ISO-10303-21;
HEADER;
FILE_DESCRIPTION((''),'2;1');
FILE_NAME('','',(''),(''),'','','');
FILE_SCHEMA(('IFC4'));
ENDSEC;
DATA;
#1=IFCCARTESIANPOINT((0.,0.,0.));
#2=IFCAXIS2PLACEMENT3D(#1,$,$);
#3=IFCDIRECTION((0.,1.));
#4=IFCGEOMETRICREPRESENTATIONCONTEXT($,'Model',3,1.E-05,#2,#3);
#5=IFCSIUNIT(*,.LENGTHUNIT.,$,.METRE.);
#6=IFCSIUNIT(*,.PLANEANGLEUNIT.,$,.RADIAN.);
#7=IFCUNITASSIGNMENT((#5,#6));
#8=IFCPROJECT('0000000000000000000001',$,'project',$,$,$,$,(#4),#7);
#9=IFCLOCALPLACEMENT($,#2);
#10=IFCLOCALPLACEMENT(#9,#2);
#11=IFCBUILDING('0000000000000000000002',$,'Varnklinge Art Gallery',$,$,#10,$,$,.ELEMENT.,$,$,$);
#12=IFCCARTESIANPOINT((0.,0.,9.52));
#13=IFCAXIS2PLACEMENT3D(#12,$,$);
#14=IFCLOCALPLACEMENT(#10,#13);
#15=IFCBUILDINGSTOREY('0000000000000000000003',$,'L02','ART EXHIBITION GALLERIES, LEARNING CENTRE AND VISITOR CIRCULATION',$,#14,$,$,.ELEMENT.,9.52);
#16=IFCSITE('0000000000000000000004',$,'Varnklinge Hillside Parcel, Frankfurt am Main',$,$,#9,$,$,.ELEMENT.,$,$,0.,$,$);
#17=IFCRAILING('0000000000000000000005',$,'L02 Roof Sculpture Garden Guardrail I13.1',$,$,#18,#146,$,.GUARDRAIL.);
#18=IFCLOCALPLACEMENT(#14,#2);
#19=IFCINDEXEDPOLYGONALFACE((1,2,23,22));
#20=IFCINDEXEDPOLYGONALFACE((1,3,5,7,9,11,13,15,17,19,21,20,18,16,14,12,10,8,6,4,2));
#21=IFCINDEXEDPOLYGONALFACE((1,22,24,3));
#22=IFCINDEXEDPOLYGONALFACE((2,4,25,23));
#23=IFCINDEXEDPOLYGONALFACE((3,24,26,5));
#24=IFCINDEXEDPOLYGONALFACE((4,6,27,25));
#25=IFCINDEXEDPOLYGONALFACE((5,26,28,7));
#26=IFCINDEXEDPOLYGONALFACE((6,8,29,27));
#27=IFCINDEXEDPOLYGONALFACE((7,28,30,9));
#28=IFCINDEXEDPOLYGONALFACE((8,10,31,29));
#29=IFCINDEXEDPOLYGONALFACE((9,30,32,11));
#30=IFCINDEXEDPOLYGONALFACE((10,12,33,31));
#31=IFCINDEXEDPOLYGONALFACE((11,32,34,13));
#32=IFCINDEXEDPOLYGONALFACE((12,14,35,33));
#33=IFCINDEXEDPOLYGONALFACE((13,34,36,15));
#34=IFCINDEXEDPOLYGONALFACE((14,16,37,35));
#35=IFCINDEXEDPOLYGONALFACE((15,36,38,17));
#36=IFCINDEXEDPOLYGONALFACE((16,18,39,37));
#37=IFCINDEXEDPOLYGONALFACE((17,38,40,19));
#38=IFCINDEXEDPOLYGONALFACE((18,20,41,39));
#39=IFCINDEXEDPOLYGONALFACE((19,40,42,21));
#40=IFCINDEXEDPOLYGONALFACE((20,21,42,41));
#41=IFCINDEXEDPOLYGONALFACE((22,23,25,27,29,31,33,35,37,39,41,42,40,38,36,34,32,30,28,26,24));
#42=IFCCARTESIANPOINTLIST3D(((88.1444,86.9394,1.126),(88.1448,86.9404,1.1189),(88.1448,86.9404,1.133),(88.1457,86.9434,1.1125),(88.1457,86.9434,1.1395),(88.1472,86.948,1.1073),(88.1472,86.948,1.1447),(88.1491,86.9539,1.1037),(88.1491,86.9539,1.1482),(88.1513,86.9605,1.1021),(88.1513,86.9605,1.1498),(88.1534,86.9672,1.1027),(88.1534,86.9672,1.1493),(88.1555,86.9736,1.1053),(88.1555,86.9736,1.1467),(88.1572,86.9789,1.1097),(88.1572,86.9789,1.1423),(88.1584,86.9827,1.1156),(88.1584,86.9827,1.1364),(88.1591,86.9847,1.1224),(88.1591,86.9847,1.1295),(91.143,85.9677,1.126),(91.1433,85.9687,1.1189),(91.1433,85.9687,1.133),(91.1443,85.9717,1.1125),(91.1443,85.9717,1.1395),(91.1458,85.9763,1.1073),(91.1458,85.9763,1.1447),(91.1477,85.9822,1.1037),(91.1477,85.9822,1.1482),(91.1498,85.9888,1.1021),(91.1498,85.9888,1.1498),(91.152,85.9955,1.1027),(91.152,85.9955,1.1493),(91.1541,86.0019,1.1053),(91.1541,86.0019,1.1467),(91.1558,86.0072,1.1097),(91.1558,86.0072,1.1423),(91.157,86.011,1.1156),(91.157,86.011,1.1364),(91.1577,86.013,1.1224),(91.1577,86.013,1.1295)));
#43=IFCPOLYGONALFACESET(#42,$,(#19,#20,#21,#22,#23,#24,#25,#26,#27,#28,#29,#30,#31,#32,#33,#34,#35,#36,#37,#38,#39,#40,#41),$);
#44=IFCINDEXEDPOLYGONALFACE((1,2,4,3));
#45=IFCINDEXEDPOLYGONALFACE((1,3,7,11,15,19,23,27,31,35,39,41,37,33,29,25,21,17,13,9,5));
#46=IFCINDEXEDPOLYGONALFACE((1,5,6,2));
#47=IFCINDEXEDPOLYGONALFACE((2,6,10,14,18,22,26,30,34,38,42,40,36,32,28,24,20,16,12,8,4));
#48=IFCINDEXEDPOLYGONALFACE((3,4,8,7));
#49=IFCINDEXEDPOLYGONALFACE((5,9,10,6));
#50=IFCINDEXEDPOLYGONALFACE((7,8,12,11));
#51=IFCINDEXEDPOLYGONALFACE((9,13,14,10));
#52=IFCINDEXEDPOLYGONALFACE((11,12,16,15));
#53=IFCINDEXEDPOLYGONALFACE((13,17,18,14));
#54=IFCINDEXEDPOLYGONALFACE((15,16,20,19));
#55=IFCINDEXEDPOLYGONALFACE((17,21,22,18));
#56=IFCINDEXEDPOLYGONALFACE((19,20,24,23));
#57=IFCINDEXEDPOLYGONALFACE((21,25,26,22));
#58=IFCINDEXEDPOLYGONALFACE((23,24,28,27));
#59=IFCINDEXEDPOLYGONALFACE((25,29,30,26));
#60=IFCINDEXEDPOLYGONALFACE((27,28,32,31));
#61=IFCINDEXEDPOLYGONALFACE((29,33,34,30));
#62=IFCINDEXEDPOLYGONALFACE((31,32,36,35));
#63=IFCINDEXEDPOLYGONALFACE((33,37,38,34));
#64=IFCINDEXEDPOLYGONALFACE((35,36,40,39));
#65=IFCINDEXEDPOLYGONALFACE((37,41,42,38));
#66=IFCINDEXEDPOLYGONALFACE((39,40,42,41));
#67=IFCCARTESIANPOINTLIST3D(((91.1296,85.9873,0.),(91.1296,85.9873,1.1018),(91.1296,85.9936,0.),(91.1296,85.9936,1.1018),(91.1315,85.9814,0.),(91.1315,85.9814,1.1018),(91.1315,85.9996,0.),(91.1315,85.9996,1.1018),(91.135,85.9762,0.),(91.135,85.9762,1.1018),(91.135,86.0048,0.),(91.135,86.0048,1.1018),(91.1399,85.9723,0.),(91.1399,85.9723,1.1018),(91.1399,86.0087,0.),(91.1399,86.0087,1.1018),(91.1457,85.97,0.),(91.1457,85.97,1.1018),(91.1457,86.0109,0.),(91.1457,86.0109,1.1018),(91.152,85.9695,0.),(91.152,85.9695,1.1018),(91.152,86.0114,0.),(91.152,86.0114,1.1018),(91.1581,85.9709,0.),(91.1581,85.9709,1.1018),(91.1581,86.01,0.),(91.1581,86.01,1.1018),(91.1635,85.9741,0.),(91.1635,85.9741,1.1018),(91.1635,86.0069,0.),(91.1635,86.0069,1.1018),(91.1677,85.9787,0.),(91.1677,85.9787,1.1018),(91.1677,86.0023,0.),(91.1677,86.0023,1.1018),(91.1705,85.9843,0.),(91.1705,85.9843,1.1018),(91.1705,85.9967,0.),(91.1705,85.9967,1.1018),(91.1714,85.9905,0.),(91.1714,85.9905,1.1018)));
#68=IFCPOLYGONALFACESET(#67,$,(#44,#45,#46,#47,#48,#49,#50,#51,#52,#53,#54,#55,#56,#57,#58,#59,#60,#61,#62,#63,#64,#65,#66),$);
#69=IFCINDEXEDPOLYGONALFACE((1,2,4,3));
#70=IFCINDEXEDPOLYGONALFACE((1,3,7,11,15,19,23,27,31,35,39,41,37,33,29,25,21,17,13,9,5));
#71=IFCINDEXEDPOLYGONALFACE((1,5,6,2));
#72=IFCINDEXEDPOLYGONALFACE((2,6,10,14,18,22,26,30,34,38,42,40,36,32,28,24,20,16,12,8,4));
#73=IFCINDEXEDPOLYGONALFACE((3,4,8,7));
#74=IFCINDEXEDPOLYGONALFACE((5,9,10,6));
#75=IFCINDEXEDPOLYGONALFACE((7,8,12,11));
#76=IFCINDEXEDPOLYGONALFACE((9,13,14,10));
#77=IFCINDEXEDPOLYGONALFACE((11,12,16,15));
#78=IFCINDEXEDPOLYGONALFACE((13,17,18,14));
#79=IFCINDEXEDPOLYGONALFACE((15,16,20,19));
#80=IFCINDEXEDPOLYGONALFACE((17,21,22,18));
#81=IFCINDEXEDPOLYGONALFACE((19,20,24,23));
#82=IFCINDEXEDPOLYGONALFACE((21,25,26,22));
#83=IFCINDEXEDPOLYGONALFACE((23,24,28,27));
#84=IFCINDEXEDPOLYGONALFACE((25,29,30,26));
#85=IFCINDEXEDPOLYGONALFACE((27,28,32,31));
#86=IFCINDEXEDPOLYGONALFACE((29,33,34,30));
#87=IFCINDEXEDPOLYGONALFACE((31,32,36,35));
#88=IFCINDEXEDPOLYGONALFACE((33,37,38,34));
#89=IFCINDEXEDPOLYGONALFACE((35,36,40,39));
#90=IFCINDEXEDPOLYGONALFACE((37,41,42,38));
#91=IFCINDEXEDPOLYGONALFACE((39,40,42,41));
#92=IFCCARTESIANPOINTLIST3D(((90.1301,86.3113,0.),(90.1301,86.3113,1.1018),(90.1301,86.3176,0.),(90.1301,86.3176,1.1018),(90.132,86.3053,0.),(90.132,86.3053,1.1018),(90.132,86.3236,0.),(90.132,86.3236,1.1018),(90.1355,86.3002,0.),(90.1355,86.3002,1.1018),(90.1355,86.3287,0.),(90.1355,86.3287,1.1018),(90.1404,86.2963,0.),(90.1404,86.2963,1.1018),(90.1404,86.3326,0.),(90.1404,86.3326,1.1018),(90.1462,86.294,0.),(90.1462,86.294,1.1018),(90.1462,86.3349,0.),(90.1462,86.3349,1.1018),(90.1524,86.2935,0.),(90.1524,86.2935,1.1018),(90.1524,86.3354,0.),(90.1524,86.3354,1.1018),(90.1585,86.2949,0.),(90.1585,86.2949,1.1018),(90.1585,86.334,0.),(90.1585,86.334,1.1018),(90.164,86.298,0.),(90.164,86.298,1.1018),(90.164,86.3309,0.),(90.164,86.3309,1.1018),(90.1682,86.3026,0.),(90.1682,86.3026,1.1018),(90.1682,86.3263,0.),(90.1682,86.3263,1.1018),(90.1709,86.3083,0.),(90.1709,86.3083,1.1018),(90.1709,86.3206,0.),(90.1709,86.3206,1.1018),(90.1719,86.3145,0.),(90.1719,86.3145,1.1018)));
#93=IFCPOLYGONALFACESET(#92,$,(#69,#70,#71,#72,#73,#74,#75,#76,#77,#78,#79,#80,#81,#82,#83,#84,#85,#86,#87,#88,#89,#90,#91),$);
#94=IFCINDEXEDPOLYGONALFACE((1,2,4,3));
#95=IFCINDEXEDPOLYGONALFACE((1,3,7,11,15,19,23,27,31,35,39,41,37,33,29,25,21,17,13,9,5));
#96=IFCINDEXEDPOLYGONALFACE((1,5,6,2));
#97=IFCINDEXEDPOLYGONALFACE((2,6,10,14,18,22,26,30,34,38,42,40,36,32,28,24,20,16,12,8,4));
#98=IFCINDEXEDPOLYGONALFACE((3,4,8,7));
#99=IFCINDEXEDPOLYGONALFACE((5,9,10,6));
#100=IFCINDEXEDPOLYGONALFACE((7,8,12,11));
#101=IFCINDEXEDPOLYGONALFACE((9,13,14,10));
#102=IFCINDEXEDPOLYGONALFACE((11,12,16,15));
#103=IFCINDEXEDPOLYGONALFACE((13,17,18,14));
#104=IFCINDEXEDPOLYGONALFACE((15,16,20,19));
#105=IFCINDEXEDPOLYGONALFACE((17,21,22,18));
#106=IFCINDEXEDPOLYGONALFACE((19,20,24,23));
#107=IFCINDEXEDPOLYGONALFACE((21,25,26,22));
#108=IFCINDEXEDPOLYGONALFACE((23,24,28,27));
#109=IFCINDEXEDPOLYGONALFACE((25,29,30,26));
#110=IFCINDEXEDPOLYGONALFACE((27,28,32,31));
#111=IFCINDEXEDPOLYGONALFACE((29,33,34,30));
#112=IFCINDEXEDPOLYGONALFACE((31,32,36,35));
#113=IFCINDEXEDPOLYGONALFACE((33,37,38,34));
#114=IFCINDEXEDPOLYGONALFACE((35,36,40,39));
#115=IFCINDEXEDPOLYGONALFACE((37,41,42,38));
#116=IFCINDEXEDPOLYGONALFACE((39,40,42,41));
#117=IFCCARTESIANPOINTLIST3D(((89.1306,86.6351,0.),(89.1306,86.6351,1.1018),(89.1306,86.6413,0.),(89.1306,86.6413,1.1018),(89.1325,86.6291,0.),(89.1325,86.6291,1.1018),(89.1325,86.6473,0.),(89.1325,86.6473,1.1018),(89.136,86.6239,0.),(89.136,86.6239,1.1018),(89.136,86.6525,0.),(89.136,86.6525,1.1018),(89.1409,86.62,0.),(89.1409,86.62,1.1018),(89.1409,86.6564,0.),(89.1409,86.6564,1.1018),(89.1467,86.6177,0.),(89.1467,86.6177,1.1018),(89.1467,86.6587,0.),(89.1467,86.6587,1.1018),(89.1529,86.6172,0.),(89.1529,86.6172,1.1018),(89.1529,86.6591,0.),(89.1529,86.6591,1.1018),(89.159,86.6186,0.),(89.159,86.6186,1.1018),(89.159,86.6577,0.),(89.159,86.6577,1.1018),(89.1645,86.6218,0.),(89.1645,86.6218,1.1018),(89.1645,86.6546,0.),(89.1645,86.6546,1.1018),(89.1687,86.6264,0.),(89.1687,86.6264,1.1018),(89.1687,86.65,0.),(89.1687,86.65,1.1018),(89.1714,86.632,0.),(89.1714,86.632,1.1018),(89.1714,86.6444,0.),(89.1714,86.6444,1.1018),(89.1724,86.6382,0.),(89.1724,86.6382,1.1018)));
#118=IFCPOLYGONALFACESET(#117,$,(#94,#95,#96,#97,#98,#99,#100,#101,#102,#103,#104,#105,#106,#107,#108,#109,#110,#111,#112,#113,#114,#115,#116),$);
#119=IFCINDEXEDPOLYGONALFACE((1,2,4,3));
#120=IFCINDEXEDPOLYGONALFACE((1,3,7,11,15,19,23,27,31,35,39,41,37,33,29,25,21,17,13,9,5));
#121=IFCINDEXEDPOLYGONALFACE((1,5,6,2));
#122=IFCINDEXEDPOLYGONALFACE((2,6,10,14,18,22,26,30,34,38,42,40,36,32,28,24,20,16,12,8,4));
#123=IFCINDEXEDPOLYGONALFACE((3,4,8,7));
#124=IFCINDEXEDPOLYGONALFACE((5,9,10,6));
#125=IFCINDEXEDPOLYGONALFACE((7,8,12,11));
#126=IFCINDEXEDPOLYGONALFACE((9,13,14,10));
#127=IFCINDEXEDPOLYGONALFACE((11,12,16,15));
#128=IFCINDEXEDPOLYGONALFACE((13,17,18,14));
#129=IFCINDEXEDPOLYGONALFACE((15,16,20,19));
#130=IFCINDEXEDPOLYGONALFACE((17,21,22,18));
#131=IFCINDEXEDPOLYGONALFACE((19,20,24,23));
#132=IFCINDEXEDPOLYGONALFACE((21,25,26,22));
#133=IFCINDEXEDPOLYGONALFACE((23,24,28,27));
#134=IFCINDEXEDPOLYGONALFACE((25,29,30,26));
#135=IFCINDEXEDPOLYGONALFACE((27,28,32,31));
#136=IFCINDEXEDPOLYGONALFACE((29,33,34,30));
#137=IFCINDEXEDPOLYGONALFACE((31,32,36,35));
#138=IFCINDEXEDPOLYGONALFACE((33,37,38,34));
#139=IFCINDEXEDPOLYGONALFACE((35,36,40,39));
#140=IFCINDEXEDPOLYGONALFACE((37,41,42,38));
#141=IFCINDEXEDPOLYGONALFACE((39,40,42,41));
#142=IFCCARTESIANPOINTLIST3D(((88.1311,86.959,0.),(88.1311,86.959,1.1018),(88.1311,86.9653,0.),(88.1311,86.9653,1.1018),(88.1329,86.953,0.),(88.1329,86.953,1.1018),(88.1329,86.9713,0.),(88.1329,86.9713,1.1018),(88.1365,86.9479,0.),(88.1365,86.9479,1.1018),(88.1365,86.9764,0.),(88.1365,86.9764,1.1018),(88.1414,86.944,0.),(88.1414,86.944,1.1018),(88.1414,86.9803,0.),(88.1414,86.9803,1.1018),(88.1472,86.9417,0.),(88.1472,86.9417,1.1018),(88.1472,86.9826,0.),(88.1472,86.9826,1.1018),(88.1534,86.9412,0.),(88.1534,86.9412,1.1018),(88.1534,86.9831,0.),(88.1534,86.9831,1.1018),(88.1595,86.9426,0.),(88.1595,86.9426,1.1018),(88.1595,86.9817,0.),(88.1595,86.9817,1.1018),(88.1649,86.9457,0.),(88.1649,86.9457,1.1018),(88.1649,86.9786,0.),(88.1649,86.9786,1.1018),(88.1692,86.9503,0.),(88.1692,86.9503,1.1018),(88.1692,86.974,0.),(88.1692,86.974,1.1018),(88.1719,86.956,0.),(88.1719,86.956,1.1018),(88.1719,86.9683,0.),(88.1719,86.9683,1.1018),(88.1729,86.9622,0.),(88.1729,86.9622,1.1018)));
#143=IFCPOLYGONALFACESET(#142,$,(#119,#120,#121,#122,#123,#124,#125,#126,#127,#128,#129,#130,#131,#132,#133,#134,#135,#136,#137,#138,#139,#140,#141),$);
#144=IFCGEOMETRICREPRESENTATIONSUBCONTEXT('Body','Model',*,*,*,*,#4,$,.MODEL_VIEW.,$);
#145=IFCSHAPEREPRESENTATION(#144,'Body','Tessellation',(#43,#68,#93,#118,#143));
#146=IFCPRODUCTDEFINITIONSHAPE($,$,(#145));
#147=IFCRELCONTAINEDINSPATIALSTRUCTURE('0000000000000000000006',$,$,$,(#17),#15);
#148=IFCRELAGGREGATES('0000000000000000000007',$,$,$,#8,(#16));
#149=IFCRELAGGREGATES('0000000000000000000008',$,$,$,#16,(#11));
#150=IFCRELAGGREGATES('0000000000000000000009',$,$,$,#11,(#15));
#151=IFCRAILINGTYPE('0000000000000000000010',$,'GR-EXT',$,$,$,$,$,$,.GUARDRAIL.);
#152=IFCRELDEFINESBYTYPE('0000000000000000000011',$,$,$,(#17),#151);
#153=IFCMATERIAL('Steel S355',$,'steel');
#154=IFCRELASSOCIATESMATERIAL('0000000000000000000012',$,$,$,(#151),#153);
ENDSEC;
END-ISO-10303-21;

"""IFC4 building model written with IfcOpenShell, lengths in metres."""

from ifc_helpers import new_model, si_unit, direction, frame, origin, origin_2d, place, context, subcontext, project, spatial, circle, extrude, material, type_object, element, save


model = new_model("IFC4")

# Units and contexts
model_context = context("Model", 3, precision=1e-05, world=origin(), true_north=direction((0.0, 1.0)))
body_context = subcontext(model_context, "Body", "Model", "MODEL_VIEW")
ifc_project = project(units=[si_unit("LENGTHUNIT", "METRE"), si_unit("PLANEANGLEUNIT", "RADIAN")], contexts=[model_context])

# Site, building, storey
site_placement = place(None, origin())
site = spatial("IfcSite", under=ifc_project, at=site_placement, Name="Varnklinge Hillside Parcel, Frankfurt am Main", CompositionType="ELEMENT", RefElevation=0.0)
building_placement = place(site_placement, origin())
building = spatial("IfcBuilding", under=site, at=building_placement, Name="Varnklinge Art Gallery", CompositionType="ELEMENT")
storey_placement = place(building_placement, frame((0.0, 0.0, 9.52)))
storey = spatial("IfcBuildingStorey", under=building, at=storey_placement, Name="L02", Description="ART EXHIBITION GALLERIES, LEARNING CENTRE AND VISITOR CIRCULATION", CompositionType="ELEMENT", Elevation=9.52)

# Railing
ifc_material_1 = material(Name="Steel S355", Category="steel")
railing_type = type_object("IfcRailingType", Name="GR-EXT", PredefinedType="GUARDRAIL", material=ifc_material_1)
railing_1_placement = place(storey_placement, frame((91.1504, 85.9905, 0.0)))
element("IfcRailing", 1, at=railing_1_placement, inside=storey, type_object=railing_type, Name="L02 Roof Sculpture Garden Guardrail I13.1", PredefinedType="GUARDRAIL", context=body_context, shape_type="SweptSolid", body=[
    extrude(circle(Radius=0.0239, at=origin_2d()), frame((0.0, 0.0, 1.126), z_axis=(-0.951299, 0.30827, 0.0), x_axis=(-0.30827, -0.951299, 0.0)), (0.0, 0.0, 1.0), 3.1521),
    extrude(circle(Radius=0.021, at=origin_2d()), origin(), (0.0, 0.0, 1.0), 1.1018),
    extrude(circle(Radius=0.021, at=origin_2d()), frame((-0.9995, 0.324, 0.0)), (0.0, 0.0, 1.0), 1.1018),
    extrude(circle(Radius=0.021, at=origin_2d()), frame((-1.999, 0.6477, 0.0)), (0.0, 0.0, 1.0), 1.1018),
    extrude(circle(Radius=0.021, at=origin_2d()), frame((-2.9985, 0.9717, 0.0)), (0.0, 0.0, 1.0), 1.1018),
])

save(model, "model.ifc")
